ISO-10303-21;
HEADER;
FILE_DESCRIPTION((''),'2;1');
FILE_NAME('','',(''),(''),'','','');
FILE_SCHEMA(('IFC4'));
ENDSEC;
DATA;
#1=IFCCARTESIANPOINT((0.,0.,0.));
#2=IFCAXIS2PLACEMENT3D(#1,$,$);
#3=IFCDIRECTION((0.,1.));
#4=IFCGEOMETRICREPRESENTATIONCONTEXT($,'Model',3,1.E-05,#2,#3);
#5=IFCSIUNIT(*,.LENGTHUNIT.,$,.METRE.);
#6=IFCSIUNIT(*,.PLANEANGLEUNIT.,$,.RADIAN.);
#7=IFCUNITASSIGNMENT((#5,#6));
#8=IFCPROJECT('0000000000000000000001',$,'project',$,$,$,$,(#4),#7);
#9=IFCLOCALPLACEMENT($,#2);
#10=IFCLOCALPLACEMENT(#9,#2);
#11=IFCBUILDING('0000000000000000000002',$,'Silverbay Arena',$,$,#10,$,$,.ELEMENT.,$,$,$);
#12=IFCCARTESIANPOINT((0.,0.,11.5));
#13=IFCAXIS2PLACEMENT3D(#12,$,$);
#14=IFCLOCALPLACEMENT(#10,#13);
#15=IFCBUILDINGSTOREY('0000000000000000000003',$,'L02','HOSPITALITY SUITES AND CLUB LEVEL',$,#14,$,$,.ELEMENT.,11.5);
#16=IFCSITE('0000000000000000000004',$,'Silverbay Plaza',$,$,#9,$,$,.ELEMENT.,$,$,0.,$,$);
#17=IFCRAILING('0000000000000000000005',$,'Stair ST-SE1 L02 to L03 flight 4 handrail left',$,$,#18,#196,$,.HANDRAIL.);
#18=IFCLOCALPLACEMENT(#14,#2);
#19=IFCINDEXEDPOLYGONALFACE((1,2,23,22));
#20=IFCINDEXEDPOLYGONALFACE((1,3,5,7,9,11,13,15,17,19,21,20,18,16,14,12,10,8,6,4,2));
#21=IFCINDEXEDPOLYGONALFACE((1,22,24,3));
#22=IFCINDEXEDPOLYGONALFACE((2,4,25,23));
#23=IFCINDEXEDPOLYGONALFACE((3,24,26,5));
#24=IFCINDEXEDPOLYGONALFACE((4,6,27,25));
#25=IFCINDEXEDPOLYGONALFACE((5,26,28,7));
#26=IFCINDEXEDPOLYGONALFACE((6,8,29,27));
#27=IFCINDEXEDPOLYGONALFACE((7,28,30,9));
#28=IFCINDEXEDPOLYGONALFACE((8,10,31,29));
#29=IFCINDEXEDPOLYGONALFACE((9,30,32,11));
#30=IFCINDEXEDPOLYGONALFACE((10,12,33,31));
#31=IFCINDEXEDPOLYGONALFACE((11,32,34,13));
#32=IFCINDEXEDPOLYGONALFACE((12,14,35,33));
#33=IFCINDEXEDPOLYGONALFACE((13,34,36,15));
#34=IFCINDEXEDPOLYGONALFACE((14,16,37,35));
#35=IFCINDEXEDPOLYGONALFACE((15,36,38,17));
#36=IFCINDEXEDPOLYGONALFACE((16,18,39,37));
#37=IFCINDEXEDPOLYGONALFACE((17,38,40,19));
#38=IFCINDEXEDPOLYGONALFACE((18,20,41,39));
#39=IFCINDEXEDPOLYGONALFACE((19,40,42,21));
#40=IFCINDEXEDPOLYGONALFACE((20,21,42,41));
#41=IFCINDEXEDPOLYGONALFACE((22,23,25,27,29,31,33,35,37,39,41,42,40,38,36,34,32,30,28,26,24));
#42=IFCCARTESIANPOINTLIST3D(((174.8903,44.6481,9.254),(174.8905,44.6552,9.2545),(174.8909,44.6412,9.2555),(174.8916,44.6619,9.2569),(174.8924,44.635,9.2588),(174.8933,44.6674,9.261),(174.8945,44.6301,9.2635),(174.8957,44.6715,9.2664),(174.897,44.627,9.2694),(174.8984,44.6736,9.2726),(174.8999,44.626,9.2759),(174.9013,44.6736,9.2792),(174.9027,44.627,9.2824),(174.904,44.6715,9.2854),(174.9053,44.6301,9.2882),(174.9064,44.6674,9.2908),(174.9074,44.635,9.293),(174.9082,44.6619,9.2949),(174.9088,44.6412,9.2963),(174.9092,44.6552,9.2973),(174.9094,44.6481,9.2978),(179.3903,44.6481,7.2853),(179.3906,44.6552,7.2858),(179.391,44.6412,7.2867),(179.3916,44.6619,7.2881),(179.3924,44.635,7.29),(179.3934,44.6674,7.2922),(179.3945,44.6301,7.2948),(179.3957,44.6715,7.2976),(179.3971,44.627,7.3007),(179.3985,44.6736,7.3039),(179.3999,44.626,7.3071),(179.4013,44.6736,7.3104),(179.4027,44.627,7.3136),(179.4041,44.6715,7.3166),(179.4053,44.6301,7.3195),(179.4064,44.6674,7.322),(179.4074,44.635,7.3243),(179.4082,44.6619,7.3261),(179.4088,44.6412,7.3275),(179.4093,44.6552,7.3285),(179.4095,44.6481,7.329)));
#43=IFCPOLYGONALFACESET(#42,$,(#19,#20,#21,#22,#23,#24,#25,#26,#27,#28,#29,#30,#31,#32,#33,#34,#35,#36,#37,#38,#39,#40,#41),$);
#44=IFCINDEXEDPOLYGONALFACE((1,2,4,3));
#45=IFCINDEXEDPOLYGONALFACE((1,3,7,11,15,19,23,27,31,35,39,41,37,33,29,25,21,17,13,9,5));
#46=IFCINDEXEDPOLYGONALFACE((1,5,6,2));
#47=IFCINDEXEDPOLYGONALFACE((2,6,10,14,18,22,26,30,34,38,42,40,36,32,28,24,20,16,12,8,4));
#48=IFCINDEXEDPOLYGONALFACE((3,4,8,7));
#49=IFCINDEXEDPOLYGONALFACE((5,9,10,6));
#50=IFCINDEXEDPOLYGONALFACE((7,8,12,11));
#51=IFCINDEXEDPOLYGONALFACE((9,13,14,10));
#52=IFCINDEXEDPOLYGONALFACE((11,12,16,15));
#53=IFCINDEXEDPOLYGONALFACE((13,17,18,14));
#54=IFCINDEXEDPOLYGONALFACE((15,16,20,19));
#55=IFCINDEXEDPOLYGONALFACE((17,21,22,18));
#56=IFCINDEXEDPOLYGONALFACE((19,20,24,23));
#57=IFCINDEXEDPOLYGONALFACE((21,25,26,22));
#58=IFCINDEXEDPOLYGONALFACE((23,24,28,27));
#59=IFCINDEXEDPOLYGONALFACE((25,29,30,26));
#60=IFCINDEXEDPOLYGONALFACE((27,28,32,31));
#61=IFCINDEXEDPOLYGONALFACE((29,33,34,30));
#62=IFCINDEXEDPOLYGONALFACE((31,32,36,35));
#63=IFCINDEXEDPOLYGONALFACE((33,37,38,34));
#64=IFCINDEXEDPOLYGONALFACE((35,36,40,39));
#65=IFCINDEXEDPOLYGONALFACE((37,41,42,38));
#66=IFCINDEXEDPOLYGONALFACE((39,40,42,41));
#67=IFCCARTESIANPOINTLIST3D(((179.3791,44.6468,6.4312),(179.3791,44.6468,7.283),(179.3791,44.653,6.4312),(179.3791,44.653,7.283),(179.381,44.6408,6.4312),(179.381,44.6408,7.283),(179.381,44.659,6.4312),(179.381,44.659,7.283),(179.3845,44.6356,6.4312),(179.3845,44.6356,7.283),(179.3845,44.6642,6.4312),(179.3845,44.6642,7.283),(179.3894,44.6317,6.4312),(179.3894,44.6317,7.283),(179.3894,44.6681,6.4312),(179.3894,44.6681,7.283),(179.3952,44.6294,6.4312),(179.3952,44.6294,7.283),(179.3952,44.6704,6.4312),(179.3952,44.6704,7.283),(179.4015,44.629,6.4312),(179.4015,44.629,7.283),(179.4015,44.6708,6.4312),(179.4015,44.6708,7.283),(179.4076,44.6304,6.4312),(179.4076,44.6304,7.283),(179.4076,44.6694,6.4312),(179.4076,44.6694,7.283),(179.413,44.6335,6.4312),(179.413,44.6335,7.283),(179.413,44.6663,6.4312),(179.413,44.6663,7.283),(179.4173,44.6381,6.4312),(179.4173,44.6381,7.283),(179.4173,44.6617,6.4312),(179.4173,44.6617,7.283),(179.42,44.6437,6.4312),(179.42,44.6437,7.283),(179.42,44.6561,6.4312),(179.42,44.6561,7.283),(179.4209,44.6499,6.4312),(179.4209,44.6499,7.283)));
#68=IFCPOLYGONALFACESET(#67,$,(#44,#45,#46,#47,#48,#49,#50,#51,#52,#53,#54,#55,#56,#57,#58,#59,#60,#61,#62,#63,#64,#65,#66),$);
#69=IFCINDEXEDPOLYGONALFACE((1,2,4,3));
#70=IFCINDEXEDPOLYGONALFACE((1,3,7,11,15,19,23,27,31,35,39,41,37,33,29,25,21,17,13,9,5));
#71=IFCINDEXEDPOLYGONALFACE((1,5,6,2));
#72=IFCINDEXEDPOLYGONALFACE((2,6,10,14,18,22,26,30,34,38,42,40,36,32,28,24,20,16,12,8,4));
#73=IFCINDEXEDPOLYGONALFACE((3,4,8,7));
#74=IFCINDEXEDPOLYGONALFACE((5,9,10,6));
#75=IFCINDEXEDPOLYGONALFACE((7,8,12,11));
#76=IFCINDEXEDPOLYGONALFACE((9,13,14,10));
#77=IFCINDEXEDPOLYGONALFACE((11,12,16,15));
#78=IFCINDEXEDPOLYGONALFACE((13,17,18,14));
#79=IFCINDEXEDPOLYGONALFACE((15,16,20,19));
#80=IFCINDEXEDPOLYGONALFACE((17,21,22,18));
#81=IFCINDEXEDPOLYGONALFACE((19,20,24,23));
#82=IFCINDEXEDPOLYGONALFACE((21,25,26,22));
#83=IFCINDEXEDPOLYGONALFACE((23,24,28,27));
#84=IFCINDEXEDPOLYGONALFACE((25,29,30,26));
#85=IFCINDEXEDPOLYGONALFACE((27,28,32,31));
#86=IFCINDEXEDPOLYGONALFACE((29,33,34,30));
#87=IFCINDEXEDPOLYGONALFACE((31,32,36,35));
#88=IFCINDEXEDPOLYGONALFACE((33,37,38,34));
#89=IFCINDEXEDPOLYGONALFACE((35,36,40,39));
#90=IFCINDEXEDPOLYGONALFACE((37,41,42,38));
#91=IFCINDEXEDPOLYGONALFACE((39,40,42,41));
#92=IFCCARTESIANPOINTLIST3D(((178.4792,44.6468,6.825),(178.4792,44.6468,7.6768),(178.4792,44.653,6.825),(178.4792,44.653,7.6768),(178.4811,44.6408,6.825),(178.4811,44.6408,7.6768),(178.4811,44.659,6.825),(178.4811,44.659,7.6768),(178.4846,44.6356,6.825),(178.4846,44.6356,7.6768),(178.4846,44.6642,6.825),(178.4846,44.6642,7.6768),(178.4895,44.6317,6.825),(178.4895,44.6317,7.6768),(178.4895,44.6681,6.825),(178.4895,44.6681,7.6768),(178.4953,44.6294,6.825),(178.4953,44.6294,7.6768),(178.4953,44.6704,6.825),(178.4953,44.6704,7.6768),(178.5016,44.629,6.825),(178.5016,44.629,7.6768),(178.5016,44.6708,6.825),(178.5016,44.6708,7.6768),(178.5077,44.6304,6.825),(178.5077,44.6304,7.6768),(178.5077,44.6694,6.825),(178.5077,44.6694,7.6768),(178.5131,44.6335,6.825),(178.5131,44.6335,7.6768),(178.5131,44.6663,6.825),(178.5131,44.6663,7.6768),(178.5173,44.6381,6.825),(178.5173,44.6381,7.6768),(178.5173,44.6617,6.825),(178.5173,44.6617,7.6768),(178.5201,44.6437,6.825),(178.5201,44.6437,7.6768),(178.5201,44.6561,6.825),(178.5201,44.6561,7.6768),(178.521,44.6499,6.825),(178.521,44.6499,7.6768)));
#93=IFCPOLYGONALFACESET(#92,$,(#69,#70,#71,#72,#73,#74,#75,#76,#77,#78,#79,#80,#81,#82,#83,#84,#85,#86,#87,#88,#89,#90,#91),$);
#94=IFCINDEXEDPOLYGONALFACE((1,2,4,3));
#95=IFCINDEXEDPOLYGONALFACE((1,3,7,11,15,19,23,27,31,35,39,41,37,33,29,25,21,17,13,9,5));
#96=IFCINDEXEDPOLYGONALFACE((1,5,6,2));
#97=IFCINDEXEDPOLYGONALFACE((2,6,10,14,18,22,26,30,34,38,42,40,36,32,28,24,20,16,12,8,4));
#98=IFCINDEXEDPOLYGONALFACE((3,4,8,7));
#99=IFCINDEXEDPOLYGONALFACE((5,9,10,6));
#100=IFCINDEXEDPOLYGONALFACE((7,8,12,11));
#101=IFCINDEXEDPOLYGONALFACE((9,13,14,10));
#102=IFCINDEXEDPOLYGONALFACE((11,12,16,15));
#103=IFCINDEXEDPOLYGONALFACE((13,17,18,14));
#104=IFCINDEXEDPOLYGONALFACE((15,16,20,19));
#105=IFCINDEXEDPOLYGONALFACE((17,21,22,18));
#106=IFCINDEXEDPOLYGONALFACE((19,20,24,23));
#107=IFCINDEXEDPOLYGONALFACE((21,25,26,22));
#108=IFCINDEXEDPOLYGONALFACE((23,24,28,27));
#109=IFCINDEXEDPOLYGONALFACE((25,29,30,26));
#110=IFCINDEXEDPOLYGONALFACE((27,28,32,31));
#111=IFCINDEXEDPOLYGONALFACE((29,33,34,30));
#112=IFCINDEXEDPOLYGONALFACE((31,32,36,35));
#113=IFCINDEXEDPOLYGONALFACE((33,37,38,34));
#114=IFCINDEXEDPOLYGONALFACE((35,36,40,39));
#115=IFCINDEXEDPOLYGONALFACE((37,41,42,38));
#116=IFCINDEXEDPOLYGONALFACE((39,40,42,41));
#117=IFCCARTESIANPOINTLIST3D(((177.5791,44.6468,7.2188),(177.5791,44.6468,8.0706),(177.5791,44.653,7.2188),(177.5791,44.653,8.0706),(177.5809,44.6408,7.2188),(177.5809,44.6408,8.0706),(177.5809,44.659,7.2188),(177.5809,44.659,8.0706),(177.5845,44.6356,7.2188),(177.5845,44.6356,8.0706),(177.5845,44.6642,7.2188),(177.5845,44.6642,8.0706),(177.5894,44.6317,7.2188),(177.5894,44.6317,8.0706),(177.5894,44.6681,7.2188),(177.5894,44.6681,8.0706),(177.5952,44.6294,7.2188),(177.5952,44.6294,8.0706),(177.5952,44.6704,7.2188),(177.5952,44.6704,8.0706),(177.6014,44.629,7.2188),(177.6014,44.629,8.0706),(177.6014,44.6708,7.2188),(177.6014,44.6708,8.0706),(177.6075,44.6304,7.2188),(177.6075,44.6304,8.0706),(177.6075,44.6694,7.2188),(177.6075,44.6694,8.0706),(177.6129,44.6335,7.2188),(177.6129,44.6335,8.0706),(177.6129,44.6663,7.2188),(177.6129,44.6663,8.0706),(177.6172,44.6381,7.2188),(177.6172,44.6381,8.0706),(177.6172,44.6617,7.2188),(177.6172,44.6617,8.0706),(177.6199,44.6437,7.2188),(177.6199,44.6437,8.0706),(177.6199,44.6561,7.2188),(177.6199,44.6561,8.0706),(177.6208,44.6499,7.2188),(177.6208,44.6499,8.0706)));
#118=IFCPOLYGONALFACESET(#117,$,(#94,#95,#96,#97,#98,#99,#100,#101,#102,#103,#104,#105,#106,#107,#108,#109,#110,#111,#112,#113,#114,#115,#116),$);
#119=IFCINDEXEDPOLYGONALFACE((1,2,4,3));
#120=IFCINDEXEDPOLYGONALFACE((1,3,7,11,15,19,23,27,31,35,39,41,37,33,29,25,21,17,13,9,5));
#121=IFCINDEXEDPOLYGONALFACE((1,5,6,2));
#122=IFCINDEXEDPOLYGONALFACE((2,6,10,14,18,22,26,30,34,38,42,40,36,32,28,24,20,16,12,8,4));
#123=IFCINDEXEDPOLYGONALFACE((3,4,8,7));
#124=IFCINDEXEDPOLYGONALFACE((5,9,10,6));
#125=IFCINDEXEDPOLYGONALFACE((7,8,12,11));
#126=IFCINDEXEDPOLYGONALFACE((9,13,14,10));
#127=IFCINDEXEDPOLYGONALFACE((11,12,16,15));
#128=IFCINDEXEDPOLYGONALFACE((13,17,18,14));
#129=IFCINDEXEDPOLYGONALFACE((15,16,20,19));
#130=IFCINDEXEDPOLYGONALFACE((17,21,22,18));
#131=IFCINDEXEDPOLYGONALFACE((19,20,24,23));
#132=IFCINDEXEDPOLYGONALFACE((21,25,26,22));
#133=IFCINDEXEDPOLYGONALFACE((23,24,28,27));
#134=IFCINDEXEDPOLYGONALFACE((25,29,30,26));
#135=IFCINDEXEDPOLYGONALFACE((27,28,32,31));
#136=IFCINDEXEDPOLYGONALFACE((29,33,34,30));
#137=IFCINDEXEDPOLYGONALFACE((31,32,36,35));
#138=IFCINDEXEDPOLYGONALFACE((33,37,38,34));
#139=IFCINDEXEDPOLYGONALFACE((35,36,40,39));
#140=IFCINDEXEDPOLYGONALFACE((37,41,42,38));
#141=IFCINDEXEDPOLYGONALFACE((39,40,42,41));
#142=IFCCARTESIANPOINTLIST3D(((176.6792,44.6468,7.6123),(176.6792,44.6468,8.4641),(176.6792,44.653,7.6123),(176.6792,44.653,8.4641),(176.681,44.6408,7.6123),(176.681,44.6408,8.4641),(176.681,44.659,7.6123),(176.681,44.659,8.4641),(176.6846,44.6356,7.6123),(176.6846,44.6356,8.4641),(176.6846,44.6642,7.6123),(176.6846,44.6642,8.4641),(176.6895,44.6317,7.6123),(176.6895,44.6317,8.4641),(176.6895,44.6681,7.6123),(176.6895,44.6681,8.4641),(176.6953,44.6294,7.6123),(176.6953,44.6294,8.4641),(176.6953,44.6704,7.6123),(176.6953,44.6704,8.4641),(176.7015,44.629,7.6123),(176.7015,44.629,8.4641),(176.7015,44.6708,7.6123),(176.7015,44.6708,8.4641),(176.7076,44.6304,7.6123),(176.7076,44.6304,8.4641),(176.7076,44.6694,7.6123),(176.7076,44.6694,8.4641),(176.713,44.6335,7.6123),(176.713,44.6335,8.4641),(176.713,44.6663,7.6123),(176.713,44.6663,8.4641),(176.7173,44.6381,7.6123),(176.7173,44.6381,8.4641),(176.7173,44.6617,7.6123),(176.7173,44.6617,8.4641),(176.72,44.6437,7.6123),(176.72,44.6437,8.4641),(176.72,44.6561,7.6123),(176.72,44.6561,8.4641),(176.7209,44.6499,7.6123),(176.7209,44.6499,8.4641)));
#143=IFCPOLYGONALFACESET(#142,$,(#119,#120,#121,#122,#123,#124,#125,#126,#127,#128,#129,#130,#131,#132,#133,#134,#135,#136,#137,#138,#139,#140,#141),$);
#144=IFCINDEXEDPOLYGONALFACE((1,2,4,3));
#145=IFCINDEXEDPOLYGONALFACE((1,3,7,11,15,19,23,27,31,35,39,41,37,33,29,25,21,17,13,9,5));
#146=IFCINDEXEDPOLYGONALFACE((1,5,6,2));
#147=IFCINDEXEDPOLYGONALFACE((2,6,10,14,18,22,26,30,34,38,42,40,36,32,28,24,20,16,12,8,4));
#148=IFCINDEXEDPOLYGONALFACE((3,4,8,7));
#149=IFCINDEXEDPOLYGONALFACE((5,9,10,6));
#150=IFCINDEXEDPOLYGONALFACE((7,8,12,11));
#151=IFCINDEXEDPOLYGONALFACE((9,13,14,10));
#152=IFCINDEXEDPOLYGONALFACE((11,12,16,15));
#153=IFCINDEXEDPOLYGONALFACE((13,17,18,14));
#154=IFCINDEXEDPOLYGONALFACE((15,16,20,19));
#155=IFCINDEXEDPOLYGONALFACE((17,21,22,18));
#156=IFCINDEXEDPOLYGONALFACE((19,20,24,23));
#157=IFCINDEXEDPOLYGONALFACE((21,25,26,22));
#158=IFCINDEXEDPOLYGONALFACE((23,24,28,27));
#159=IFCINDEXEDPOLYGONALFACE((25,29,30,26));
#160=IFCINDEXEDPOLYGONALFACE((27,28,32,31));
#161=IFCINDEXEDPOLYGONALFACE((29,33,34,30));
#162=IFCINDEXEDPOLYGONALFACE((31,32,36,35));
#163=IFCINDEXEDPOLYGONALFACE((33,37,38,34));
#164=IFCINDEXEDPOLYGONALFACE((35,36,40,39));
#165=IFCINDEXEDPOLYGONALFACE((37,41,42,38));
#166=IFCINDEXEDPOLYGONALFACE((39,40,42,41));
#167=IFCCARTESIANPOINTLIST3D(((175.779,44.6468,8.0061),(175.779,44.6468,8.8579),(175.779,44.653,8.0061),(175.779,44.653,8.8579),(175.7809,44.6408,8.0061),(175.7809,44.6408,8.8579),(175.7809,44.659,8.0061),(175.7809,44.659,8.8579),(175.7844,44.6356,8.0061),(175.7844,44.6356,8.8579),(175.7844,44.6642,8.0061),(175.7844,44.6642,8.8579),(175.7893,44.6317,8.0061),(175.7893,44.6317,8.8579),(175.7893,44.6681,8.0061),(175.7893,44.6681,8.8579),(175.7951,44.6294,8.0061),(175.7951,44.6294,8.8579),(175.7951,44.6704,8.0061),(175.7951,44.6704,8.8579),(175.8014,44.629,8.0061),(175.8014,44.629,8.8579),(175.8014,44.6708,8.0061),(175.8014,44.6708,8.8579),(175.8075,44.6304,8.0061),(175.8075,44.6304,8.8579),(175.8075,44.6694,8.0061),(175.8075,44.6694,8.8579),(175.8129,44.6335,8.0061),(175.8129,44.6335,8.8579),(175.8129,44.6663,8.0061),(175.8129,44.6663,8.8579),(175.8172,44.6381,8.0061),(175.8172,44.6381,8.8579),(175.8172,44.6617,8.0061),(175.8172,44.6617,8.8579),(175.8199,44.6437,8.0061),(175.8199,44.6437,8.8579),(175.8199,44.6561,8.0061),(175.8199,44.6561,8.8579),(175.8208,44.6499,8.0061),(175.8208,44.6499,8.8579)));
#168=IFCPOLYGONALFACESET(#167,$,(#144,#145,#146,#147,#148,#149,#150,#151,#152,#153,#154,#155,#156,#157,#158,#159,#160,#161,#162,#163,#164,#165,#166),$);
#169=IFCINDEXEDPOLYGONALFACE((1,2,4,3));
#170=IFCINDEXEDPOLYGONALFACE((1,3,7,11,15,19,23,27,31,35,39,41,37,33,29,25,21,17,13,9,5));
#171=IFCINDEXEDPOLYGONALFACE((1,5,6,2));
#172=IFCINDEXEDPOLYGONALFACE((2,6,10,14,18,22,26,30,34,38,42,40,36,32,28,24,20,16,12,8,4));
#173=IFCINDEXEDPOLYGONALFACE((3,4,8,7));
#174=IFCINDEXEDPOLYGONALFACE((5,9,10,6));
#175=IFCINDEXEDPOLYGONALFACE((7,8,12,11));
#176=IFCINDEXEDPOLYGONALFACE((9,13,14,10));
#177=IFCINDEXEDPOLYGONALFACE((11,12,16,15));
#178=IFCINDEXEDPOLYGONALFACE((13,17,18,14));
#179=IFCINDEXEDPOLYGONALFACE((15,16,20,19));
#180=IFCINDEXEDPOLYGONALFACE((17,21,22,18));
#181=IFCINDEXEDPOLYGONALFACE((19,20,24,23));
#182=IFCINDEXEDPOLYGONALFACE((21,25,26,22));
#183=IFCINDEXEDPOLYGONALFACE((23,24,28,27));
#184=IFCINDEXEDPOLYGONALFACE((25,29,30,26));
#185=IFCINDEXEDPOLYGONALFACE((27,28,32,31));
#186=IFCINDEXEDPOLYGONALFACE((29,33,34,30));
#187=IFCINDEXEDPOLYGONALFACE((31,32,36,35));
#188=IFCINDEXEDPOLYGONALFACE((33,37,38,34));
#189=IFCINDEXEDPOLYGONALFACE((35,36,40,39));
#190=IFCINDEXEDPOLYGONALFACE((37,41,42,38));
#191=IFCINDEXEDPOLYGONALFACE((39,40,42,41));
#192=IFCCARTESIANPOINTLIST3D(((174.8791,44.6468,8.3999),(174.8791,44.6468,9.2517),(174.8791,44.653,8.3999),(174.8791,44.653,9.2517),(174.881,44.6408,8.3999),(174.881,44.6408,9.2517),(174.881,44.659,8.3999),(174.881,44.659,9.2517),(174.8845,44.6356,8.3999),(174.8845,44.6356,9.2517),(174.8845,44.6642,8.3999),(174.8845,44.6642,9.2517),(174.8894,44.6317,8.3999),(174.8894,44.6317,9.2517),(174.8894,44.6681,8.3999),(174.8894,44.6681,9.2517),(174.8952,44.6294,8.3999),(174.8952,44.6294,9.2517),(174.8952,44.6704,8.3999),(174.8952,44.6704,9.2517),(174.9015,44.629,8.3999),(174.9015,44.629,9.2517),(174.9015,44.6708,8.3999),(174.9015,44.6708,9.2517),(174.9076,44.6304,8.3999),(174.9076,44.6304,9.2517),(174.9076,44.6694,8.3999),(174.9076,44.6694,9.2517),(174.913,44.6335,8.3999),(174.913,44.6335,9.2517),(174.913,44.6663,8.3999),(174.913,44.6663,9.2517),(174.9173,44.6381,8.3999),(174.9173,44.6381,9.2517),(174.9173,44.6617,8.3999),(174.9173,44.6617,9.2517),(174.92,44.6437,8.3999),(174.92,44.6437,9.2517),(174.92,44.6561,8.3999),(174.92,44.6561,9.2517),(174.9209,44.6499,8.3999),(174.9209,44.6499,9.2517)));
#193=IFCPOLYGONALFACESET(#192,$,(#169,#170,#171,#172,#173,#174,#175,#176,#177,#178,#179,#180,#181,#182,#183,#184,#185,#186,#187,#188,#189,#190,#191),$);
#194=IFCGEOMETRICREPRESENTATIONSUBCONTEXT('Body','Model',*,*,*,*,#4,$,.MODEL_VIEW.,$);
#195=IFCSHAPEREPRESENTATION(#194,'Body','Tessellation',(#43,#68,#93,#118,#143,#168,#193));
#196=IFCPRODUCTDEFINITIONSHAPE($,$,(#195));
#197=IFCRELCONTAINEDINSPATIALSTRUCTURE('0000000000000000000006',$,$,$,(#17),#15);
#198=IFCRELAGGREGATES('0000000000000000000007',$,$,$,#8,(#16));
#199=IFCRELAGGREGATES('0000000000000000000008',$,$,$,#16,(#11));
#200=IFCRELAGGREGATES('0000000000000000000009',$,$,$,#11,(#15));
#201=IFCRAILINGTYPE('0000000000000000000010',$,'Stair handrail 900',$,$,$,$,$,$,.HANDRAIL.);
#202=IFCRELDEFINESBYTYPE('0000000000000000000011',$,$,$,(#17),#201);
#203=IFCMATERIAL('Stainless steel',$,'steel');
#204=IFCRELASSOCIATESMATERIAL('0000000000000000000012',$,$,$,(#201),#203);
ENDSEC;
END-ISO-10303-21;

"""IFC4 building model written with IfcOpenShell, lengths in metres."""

from ifc_helpers import new_model, si_unit, direction, frame, origin, origin_2d, place, context, subcontext, project, spatial, circle, extrude, material, type_object, element, save


model = new_model("IFC4")

# Units and contexts
model_context = context("Model", 3, precision=1e-05, world=origin(), true_north=direction((0.0, 1.0)))
body_context = subcontext(model_context, "Body", "Model", "MODEL_VIEW")
ifc_project = project(units=[si_unit("LENGTHUNIT", "METRE"), si_unit("PLANEANGLEUNIT", "RADIAN")], contexts=[model_context])

# Site, building, storey
site_placement = place(None, origin())
site = spatial("IfcSite", under=ifc_project, at=site_placement, Name="Silverbay Plaza", CompositionType="ELEMENT", RefElevation=0.0)
building_placement = place(site_placement, origin())
building = spatial("IfcBuilding", under=site, at=building_placement, Name="Silverbay Arena", CompositionType="ELEMENT")
storey_placement = place(building_placement, frame((0.0, 0.0, 11.5)))
storey = spatial("IfcBuildingStorey", under=building, at=storey_placement, Name="L02", Description="HOSPITALITY SUITES AND CLUB LEVEL", CompositionType="ELEMENT", Elevation=11.5)

# Railing
ifc_material_1 = material(Name="Stainless steel", Category="steel")
railing_type_1 = type_object("IfcRailingType", Name="Stair handrail 900", PredefinedType="HANDRAIL", material=ifc_material_1)
railing_1_placement = place(storey_placement, frame((179.3999, 44.6499, 6.4312)))
element("IfcRailing", 1, at=railing_1_placement, inside=storey, type_object=railing_type_1, Name="Stair ST-SE1 L02 to L03 flight 4 handrail left", PredefinedType="HANDRAIL", context=body_context, shape_type="SweptSolid", body=[
    extrude(circle(Radius=0.0239, at=origin_2d()), frame((0.0, 0.0, 0.876), z_axis=(-0.916157, 0.0, 0.400819), x_axis=(0.0, -1.0, 0.0)), (0.0, 0.0, 1.0), 4.9119),
    extrude(circle(Radius=0.021, at=origin_2d()), origin(), (0.0, 0.0, 1.0), 0.8518),
    extrude(circle(Radius=0.021, at=origin_2d()), frame((-0.8999, 0.0, 0.3938)), (0.0, 0.0, 1.0), 0.8518),
    extrude(circle(Radius=0.021, at=origin_2d()), frame((-1.8, 0.0, 0.7876)), (0.0, 0.0, 1.0), 0.8518),
    extrude(circle(Radius=0.021, at=origin_2d()), frame((-2.7, 0.0, 1.1812)), (0.0, 0.0, 1.0), 0.8518),
    extrude(circle(Radius=0.021, at=origin_2d()), frame((-3.6001, 0.0, 1.575)), (0.0, 0.0, 1.0), 0.8518),
    extrude(circle(Radius=0.021, at=origin_2d()), frame((-4.5, 0.0, 1.9688)), (0.0, 0.0, 1.0), 0.8518),
])

save(model, "model.ifc")
